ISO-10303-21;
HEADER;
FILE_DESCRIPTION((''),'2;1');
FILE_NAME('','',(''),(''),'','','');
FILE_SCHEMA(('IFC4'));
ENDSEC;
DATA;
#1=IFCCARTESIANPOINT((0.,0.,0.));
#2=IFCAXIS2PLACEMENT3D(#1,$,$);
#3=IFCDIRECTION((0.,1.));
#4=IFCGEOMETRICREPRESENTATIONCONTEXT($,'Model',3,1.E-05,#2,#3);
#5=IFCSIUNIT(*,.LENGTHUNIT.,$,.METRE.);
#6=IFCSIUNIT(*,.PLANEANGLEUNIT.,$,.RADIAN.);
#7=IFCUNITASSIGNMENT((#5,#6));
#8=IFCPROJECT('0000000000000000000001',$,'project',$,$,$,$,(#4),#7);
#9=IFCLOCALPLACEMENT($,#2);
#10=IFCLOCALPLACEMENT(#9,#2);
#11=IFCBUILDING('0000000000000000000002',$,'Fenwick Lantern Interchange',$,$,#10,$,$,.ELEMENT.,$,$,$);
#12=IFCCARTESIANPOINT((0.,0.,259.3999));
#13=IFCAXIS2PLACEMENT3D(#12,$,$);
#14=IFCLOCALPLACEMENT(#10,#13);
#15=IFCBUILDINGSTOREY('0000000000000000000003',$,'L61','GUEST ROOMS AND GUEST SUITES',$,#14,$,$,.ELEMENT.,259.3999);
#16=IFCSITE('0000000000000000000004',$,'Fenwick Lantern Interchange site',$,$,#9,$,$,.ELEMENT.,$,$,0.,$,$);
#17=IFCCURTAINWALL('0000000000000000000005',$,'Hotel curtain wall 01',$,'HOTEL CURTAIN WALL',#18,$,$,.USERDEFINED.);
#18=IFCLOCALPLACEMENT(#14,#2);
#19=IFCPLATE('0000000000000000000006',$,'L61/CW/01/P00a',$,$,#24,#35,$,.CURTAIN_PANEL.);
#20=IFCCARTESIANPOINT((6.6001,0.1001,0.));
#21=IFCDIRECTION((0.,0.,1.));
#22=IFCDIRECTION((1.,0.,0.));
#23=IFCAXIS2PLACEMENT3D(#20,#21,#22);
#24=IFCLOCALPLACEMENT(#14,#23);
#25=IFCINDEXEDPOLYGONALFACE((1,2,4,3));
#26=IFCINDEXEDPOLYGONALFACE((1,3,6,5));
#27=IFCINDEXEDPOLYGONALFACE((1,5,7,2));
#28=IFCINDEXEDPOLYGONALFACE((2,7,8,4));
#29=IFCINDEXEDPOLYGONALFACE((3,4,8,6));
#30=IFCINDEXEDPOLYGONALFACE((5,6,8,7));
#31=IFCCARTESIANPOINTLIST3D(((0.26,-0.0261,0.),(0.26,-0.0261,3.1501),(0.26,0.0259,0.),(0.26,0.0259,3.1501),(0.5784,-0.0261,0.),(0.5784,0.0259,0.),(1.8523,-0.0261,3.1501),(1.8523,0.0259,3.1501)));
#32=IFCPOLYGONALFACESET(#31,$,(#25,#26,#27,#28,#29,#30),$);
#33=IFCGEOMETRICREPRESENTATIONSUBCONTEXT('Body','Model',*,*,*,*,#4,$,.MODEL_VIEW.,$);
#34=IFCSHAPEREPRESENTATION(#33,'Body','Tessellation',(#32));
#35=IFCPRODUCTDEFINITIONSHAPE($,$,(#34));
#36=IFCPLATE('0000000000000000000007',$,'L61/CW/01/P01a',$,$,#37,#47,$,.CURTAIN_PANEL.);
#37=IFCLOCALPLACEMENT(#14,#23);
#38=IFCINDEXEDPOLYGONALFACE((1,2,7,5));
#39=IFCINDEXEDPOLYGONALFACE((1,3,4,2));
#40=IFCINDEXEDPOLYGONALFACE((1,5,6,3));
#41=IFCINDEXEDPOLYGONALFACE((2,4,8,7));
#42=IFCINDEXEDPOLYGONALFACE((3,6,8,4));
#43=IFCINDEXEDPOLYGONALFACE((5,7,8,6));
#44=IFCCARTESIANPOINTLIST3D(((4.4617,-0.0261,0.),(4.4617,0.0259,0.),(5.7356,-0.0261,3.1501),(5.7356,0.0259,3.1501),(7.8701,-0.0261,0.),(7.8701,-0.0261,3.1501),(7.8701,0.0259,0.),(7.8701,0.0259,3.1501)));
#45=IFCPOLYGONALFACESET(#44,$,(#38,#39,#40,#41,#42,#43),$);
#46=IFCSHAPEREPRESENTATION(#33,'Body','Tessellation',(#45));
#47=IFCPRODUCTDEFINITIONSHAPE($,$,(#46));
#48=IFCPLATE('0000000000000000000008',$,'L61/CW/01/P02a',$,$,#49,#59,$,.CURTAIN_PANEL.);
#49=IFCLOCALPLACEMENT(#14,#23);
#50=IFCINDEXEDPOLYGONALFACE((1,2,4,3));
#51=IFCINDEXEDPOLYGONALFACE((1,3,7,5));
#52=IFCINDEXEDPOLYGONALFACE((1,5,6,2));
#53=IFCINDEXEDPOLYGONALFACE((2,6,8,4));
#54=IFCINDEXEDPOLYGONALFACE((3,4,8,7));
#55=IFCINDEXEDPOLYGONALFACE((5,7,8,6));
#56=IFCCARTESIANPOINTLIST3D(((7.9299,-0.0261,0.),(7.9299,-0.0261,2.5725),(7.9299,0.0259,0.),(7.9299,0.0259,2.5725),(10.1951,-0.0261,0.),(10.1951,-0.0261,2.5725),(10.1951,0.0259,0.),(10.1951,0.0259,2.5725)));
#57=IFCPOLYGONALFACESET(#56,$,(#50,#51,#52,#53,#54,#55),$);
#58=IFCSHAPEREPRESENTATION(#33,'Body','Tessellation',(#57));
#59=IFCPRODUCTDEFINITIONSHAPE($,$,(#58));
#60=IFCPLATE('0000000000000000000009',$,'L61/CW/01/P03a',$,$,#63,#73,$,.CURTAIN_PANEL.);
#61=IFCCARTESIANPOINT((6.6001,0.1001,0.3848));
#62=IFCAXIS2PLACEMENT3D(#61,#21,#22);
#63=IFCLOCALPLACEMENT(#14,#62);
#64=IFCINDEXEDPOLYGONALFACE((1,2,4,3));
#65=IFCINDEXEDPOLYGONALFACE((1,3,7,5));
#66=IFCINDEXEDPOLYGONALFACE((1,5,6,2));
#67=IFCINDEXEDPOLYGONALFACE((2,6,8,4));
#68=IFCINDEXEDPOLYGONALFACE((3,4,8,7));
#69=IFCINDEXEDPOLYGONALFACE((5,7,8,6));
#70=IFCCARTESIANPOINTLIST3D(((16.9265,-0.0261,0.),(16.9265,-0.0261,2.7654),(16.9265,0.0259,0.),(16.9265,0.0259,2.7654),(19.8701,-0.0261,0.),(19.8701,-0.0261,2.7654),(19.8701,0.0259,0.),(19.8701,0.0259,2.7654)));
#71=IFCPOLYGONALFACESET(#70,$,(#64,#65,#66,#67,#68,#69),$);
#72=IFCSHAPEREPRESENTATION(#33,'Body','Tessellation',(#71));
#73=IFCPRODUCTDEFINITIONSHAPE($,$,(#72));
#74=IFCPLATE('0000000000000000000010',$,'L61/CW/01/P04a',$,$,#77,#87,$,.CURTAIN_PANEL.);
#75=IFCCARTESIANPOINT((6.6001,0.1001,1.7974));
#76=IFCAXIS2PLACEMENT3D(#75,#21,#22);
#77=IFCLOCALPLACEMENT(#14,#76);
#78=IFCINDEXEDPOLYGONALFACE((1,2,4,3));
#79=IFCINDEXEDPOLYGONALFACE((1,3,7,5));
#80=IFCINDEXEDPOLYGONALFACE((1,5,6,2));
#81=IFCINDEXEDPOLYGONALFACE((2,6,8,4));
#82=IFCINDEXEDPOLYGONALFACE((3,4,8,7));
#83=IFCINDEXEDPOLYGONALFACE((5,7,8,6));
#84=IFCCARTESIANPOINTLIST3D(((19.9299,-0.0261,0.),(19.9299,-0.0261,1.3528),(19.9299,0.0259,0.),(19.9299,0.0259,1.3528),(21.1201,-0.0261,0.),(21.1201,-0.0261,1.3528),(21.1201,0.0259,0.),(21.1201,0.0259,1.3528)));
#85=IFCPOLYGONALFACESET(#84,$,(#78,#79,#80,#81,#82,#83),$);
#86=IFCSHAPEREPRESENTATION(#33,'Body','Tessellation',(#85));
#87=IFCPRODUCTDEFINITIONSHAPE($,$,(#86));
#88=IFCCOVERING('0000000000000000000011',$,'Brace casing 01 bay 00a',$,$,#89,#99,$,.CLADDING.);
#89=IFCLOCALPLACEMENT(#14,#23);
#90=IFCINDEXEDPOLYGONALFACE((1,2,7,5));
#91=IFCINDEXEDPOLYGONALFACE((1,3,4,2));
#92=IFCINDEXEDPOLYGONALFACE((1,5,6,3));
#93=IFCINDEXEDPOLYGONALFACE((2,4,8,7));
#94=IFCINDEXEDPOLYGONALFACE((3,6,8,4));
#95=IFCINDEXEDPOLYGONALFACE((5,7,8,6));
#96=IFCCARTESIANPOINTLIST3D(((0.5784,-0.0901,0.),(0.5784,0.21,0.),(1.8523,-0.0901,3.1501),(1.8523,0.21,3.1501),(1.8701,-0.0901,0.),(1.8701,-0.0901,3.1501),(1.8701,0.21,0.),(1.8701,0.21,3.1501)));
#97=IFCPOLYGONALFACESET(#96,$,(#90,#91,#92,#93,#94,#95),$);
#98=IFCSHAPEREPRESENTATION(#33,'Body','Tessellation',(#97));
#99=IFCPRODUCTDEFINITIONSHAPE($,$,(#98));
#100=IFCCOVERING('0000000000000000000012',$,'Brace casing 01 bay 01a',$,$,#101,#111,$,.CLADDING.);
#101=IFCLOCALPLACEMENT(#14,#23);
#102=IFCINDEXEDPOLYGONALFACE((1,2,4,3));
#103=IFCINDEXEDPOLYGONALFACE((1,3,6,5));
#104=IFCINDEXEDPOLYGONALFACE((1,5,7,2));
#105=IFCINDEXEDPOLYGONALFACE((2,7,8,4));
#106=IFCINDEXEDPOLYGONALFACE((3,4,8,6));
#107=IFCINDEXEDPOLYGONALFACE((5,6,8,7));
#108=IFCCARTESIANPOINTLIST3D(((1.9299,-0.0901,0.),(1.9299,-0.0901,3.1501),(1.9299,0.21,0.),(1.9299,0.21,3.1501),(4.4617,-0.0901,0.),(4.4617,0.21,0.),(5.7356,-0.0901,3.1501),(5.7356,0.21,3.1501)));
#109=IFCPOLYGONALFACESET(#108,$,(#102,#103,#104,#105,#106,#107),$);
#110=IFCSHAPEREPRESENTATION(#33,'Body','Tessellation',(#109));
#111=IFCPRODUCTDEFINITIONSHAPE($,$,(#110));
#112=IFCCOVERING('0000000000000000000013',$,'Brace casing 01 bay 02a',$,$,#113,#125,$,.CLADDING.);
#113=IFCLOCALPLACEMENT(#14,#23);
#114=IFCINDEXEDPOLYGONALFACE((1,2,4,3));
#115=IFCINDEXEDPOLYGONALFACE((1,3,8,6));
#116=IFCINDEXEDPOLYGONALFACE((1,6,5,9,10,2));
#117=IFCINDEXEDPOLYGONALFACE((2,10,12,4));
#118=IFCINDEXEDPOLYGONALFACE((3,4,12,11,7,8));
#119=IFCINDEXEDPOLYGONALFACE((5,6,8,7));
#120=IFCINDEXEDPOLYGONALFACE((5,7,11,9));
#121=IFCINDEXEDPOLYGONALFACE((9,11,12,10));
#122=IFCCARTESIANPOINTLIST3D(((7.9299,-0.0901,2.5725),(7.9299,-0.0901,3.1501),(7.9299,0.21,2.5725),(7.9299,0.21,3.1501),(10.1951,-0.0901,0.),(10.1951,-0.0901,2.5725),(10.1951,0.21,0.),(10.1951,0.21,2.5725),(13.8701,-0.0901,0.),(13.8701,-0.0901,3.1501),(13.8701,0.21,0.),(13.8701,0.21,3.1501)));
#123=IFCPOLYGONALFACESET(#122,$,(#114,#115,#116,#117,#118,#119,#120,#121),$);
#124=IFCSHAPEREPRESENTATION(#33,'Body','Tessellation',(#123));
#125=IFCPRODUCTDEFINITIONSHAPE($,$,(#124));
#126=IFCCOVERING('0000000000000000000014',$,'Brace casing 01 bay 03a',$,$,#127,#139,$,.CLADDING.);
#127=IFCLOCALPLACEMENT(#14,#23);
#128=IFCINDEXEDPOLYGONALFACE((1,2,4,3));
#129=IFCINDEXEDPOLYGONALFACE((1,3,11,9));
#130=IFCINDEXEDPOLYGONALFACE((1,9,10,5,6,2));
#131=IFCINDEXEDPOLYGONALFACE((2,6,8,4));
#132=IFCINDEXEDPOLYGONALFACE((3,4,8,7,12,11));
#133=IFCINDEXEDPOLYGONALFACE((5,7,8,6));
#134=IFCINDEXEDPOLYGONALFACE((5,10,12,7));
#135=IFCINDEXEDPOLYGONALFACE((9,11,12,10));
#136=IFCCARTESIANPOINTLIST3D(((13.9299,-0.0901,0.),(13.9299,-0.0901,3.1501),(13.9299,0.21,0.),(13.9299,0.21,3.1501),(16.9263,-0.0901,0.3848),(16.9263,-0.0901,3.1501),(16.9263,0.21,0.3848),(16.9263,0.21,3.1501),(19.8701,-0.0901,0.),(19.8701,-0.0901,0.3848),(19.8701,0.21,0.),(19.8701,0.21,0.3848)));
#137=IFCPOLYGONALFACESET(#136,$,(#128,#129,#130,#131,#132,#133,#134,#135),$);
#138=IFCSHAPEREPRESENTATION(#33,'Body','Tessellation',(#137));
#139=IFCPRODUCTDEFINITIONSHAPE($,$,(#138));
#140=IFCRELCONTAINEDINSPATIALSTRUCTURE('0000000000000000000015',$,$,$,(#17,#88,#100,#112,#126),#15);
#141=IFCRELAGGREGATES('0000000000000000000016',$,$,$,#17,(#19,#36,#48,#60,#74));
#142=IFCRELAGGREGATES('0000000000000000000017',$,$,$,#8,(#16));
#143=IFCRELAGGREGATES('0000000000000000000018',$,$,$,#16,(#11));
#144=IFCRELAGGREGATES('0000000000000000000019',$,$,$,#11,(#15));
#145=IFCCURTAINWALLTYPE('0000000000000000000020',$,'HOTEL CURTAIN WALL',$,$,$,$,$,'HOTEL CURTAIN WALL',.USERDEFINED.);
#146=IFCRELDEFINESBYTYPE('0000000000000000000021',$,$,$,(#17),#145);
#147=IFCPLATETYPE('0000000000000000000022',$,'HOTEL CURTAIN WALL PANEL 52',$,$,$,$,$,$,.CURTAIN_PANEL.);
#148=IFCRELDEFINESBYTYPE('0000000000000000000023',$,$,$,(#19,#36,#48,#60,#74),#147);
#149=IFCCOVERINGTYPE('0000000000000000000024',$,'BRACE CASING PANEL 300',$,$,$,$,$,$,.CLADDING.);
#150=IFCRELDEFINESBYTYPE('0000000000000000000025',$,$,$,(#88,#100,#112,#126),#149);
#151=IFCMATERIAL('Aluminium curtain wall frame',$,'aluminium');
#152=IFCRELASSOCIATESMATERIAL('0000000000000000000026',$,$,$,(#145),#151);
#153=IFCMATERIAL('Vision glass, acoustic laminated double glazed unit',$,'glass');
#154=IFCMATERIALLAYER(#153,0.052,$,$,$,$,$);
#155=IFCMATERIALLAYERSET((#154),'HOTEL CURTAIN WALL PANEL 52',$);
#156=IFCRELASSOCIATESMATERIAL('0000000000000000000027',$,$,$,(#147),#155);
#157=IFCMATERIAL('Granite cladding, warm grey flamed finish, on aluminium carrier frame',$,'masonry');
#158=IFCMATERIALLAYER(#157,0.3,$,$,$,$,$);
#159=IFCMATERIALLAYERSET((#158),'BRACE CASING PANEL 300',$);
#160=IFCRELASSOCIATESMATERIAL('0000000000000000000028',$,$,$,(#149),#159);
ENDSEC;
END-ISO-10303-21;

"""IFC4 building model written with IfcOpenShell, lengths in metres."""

from ifc_helpers import new_model, si_unit, direction, frame, origin, place, context, subcontext, project, spatial, polyline, outline, extrude, material, layer, layer_set, type_object, element, aggregate, save


model = new_model("IFC4")

# Units and contexts
model_context = context("Model", 3, precision=1e-05, world=origin(), true_north=direction((0.0, 1.0)))
body_context = subcontext(model_context, "Body", "Model", "MODEL_VIEW")
ifc_project = project(units=[si_unit("LENGTHUNIT", "METRE"), si_unit("PLANEANGLEUNIT", "RADIAN")], contexts=[model_context])

# Site, building, storey
site_placement = place(None, origin())
site = spatial("IfcSite", under=ifc_project, at=site_placement, Name="Fenwick Lantern Interchange site", CompositionType="ELEMENT", RefElevation=0.0)
building_placement = place(site_placement, origin())
building = spatial("IfcBuilding", under=site, at=building_placement, Name="Fenwick Lantern Interchange", CompositionType="ELEMENT")
storey_placement = place(building_placement, frame((0.0, 0.0, 259.3999)))
storey = spatial("IfcBuildingStorey", under=building, at=storey_placement, Name="L61", Description="GUEST ROOMS AND GUEST SUITES", CompositionType="ELEMENT", Elevation=259.3999)

# Curtain wall, plates
ifc_material_1 = material(Name="Aluminium curtain wall frame", Category="aluminium")
curtain_wall_type = type_object("IfcCurtainWallType", Name="HOTEL CURTAIN WALL", ElementType="HOTEL CURTAIN WALL", PredefinedType="USERDEFINED", material=ifc_material_1)
curtain_wall_placement = place(storey_placement, origin())
curtain_wall = element("IfcCurtainWall", 1, at=curtain_wall_placement, inside=storey, type_object=curtain_wall_type, Name="Hotel curtain wall 01", ObjectType="HOTEL CURTAIN WALL", PredefinedType="USERDEFINED")
ifc_material_2 = material(Name="Vision glass, acoustic laminated double glazed unit", Category="glass")
ifc_layer_1 = layer(ifc_material_2, 0.052)
ifc_layer_set_1 = layer_set([ifc_layer_1], Name="HOTEL CURTAIN WALL PANEL 52")
plate_type = type_object("IfcPlateType", Name="HOTEL CURTAIN WALL PANEL 52", PredefinedType="CURTAIN_PANEL", material=ifc_layer_set_1)
plate_1_placement = place(storey_placement, frame((6.6001, 0.1001, 0.0), z_axis=(0.0, 0.0, 1.0), x_axis=(1.0, 0.0, 0.0)))
plate_1 = element("IfcPlate", 2, at=plate_1_placement, type_object=plate_type, Name="L61/CW/01/P00a", PredefinedType="CURTAIN_PANEL", context=body_context, shape_type="SweptSolid", body=[
    extrude(outline(polyline([(0.26, 0.0), (0.5784, 0.0), (1.8523, 3.1501), (0.26, 3.1501), (0.26, 0.0)])), frame((0.0, 0.0259, 0.0), z_axis=(0.0, -1.0, 0.0), x_axis=(1.0, 0.0, 0.0)), (0.0, 0.0, 1.0), 0.052),
])
plate_2_placement = place(storey_placement, frame((6.6001, 0.1001, 0.0), z_axis=(0.0, 0.0, 1.0), x_axis=(1.0, 0.0, 0.0)))
plate_2 = element("IfcPlate", 3, at=plate_2_placement, type_object=plate_type, Name="L61/CW/01/P01a", PredefinedType="CURTAIN_PANEL", context=body_context, shape_type="SweptSolid", body=[
    extrude(outline(polyline([(4.4617, 0.0), (7.8701, 0.0), (7.8701, 3.1501), (5.7356, 3.1501), (4.4617, 0.0)])), frame((0.0, 0.0259, 0.0), z_axis=(0.0, -1.0, 0.0), x_axis=(1.0, 0.0, 0.0)), (0.0, 0.0, 1.0), 0.052),
])
plate_3_placement = place(storey_placement, frame((6.6001, 0.1001, 0.0), z_axis=(0.0, 0.0, 1.0), x_axis=(1.0, 0.0, 0.0)))
plate_3 = element("IfcPlate", 4, at=plate_3_placement, type_object=plate_type, Name="L61/CW/01/P02a", PredefinedType="CURTAIN_PANEL", context=body_context, shape_type="SweptSolid", body=[
    extrude(outline(polyline([(7.9299, 0.0), (10.1951, 0.0), (10.1951, 2.5725), (7.9299, 2.5725), (7.9299, 0.0)])), frame((0.0, 0.0259, 0.0), z_axis=(0.0, -1.0, 0.0), x_axis=(1.0, 0.0, 0.0)), (0.0, 0.0, 1.0), 0.052),
])
plate_4_placement = place(storey_placement, frame((6.6001, 0.1001, 0.3848), z_axis=(0.0, 0.0, 1.0), x_axis=(1.0, 0.0, 0.0)))
plate_4 = element("IfcPlate", 5, at=plate_4_placement, type_object=plate_type, Name="L61/CW/01/P03a", PredefinedType="CURTAIN_PANEL", context=body_context, shape_type="SweptSolid", body=[
    extrude(outline(polyline([(16.9265, 0.0), (19.8701, 0.0), (19.8701, 2.7654), (16.9265, 2.7654), (16.9265, 0.0)])), frame((0.0, 0.0259, 0.0), z_axis=(0.0, -1.0, 0.0), x_axis=(1.0, 0.0, 0.0)), (0.0, 0.0, 1.0), 0.052),
])
plate_5_placement = place(storey_placement, frame((6.6001, 0.1001, 1.7974), z_axis=(0.0, 0.0, 1.0), x_axis=(1.0, 0.0, 0.0)))
plate_5 = element("IfcPlate", 6, at=plate_5_placement, type_object=plate_type, Name="L61/CW/01/P04a", PredefinedType="CURTAIN_PANEL", context=body_context, shape_type="SweptSolid", body=[
    extrude(outline(polyline([(19.9299, 0.0), (21.1201, 0.0), (21.1201, 1.3528), (19.9299, 1.3528), (19.9299, 0.0)])), frame((0.0, 0.0259, 0.0), z_axis=(0.0, -1.0, 0.0), x_axis=(1.0, 0.0, 0.0)), (0.0, 0.0, 1.0), 0.052),
])
aggregate(curtain_wall, [plate_1, plate_2, plate_3, plate_4, plate_5])

# Coverings
ifc_material_3 = material(Name="Granite cladding, warm grey flamed finish, on aluminium carrier frame", Category="masonry")
ifc_layer_2 = layer(ifc_material_3, 0.3)
ifc_layer_set_2 = layer_set([ifc_layer_2], Name="BRACE CASING PANEL 300")
covering_type_1 = type_object("IfcCoveringType", Name="BRACE CASING PANEL 300", PredefinedType="CLADDING", material=ifc_layer_set_2)
covering_1_placement = place(storey_placement, frame((6.6001, 0.1001, 0.0), z_axis=(0.0, 0.0, 1.0), x_axis=(1.0, 0.0, 0.0)))
element("IfcCovering", 7, at=covering_1_placement, inside=storey, type_object=covering_type_1, Name="Brace casing 01 bay 00a", PredefinedType="CLADDING", context=body_context, shape_type="SweptSolid", body=[
    extrude(outline(polyline([(0.5784, 0.0), (1.8701, 0.0), (1.8701, 3.1501), (1.8523, 3.1501), (0.5784, 0.0)])), frame((0.0, 0.21, 0.0), z_axis=(0.0, -1.0, 0.0), x_axis=(1.0, 0.0, 0.0)), (0.0, 0.0, 1.0), 0.3),
])
covering_2_placement = place(storey_placement, frame((6.6001, 0.1001, 0.0), z_axis=(0.0, 0.0, 1.0), x_axis=(1.0, 0.0, 0.0)))
element("IfcCovering", 8, at=covering_2_placement, inside=storey, type_object=covering_type_1, Name="Brace casing 01 bay 01a", PredefinedType="CLADDING", context=body_context, shape_type="SweptSolid", body=[
    extrude(outline(polyline([(1.9299, 0.0), (4.4617, 0.0), (5.7356, 3.1501), (1.9299, 3.1501), (1.9299, 0.0)])), frame((0.0, 0.21, 0.0), z_axis=(0.0, -1.0, 0.0), x_axis=(1.0, 0.0, 0.0)), (0.0, 0.0, 1.0), 0.3),
])
covering_3_placement = place(storey_placement, frame((6.6001, 0.1001, 0.0), z_axis=(0.0, 0.0, 1.0), x_axis=(1.0, 0.0, 0.0)))
element("IfcCovering", 9, at=covering_3_placement, inside=storey, type_object=covering_type_1, Name="Brace casing 01 bay 02a", PredefinedType="CLADDING", context=body_context, shape_type="SweptSolid", body=[
    extrude(outline(polyline([(10.1951, 0.0), (13.8701, 0.0), (13.8701, 3.1501), (7.9299, 3.1501), (7.9299, 2.5725), (10.1951, 2.5725), (10.1951, 0.0)])), frame((0.0, 0.21, 0.0), z_axis=(0.0, -1.0, 0.0), x_axis=(1.0, 0.0, 0.0)), (0.0, 0.0, 1.0), 0.3),
])
covering_4_placement = place(storey_placement, frame((6.6001, 0.1001, 0.0), z_axis=(0.0, 0.0, 1.0), x_axis=(1.0, 0.0, 0.0)))
element("IfcCovering", 10, at=covering_4_placement, inside=storey, type_object=covering_type_1, Name="Brace casing 01 bay 03a", PredefinedType="CLADDING", context=body_context, shape_type="SweptSolid", body=[
    extrude(outline(polyline([(13.9299, 0.0), (19.8701, 0.0), (19.8701, 0.3848), (16.9263, 0.3848), (16.9263, 3.1501), (13.9299, 3.1501), (13.9299, 0.0)])), frame((0.0, 0.21, 0.0), z_axis=(0.0, -1.0, 0.0), x_axis=(1.0, 0.0, 0.0)), (0.0, 0.0, 1.0), 0.3),
])

save(model, "model.ifc")
